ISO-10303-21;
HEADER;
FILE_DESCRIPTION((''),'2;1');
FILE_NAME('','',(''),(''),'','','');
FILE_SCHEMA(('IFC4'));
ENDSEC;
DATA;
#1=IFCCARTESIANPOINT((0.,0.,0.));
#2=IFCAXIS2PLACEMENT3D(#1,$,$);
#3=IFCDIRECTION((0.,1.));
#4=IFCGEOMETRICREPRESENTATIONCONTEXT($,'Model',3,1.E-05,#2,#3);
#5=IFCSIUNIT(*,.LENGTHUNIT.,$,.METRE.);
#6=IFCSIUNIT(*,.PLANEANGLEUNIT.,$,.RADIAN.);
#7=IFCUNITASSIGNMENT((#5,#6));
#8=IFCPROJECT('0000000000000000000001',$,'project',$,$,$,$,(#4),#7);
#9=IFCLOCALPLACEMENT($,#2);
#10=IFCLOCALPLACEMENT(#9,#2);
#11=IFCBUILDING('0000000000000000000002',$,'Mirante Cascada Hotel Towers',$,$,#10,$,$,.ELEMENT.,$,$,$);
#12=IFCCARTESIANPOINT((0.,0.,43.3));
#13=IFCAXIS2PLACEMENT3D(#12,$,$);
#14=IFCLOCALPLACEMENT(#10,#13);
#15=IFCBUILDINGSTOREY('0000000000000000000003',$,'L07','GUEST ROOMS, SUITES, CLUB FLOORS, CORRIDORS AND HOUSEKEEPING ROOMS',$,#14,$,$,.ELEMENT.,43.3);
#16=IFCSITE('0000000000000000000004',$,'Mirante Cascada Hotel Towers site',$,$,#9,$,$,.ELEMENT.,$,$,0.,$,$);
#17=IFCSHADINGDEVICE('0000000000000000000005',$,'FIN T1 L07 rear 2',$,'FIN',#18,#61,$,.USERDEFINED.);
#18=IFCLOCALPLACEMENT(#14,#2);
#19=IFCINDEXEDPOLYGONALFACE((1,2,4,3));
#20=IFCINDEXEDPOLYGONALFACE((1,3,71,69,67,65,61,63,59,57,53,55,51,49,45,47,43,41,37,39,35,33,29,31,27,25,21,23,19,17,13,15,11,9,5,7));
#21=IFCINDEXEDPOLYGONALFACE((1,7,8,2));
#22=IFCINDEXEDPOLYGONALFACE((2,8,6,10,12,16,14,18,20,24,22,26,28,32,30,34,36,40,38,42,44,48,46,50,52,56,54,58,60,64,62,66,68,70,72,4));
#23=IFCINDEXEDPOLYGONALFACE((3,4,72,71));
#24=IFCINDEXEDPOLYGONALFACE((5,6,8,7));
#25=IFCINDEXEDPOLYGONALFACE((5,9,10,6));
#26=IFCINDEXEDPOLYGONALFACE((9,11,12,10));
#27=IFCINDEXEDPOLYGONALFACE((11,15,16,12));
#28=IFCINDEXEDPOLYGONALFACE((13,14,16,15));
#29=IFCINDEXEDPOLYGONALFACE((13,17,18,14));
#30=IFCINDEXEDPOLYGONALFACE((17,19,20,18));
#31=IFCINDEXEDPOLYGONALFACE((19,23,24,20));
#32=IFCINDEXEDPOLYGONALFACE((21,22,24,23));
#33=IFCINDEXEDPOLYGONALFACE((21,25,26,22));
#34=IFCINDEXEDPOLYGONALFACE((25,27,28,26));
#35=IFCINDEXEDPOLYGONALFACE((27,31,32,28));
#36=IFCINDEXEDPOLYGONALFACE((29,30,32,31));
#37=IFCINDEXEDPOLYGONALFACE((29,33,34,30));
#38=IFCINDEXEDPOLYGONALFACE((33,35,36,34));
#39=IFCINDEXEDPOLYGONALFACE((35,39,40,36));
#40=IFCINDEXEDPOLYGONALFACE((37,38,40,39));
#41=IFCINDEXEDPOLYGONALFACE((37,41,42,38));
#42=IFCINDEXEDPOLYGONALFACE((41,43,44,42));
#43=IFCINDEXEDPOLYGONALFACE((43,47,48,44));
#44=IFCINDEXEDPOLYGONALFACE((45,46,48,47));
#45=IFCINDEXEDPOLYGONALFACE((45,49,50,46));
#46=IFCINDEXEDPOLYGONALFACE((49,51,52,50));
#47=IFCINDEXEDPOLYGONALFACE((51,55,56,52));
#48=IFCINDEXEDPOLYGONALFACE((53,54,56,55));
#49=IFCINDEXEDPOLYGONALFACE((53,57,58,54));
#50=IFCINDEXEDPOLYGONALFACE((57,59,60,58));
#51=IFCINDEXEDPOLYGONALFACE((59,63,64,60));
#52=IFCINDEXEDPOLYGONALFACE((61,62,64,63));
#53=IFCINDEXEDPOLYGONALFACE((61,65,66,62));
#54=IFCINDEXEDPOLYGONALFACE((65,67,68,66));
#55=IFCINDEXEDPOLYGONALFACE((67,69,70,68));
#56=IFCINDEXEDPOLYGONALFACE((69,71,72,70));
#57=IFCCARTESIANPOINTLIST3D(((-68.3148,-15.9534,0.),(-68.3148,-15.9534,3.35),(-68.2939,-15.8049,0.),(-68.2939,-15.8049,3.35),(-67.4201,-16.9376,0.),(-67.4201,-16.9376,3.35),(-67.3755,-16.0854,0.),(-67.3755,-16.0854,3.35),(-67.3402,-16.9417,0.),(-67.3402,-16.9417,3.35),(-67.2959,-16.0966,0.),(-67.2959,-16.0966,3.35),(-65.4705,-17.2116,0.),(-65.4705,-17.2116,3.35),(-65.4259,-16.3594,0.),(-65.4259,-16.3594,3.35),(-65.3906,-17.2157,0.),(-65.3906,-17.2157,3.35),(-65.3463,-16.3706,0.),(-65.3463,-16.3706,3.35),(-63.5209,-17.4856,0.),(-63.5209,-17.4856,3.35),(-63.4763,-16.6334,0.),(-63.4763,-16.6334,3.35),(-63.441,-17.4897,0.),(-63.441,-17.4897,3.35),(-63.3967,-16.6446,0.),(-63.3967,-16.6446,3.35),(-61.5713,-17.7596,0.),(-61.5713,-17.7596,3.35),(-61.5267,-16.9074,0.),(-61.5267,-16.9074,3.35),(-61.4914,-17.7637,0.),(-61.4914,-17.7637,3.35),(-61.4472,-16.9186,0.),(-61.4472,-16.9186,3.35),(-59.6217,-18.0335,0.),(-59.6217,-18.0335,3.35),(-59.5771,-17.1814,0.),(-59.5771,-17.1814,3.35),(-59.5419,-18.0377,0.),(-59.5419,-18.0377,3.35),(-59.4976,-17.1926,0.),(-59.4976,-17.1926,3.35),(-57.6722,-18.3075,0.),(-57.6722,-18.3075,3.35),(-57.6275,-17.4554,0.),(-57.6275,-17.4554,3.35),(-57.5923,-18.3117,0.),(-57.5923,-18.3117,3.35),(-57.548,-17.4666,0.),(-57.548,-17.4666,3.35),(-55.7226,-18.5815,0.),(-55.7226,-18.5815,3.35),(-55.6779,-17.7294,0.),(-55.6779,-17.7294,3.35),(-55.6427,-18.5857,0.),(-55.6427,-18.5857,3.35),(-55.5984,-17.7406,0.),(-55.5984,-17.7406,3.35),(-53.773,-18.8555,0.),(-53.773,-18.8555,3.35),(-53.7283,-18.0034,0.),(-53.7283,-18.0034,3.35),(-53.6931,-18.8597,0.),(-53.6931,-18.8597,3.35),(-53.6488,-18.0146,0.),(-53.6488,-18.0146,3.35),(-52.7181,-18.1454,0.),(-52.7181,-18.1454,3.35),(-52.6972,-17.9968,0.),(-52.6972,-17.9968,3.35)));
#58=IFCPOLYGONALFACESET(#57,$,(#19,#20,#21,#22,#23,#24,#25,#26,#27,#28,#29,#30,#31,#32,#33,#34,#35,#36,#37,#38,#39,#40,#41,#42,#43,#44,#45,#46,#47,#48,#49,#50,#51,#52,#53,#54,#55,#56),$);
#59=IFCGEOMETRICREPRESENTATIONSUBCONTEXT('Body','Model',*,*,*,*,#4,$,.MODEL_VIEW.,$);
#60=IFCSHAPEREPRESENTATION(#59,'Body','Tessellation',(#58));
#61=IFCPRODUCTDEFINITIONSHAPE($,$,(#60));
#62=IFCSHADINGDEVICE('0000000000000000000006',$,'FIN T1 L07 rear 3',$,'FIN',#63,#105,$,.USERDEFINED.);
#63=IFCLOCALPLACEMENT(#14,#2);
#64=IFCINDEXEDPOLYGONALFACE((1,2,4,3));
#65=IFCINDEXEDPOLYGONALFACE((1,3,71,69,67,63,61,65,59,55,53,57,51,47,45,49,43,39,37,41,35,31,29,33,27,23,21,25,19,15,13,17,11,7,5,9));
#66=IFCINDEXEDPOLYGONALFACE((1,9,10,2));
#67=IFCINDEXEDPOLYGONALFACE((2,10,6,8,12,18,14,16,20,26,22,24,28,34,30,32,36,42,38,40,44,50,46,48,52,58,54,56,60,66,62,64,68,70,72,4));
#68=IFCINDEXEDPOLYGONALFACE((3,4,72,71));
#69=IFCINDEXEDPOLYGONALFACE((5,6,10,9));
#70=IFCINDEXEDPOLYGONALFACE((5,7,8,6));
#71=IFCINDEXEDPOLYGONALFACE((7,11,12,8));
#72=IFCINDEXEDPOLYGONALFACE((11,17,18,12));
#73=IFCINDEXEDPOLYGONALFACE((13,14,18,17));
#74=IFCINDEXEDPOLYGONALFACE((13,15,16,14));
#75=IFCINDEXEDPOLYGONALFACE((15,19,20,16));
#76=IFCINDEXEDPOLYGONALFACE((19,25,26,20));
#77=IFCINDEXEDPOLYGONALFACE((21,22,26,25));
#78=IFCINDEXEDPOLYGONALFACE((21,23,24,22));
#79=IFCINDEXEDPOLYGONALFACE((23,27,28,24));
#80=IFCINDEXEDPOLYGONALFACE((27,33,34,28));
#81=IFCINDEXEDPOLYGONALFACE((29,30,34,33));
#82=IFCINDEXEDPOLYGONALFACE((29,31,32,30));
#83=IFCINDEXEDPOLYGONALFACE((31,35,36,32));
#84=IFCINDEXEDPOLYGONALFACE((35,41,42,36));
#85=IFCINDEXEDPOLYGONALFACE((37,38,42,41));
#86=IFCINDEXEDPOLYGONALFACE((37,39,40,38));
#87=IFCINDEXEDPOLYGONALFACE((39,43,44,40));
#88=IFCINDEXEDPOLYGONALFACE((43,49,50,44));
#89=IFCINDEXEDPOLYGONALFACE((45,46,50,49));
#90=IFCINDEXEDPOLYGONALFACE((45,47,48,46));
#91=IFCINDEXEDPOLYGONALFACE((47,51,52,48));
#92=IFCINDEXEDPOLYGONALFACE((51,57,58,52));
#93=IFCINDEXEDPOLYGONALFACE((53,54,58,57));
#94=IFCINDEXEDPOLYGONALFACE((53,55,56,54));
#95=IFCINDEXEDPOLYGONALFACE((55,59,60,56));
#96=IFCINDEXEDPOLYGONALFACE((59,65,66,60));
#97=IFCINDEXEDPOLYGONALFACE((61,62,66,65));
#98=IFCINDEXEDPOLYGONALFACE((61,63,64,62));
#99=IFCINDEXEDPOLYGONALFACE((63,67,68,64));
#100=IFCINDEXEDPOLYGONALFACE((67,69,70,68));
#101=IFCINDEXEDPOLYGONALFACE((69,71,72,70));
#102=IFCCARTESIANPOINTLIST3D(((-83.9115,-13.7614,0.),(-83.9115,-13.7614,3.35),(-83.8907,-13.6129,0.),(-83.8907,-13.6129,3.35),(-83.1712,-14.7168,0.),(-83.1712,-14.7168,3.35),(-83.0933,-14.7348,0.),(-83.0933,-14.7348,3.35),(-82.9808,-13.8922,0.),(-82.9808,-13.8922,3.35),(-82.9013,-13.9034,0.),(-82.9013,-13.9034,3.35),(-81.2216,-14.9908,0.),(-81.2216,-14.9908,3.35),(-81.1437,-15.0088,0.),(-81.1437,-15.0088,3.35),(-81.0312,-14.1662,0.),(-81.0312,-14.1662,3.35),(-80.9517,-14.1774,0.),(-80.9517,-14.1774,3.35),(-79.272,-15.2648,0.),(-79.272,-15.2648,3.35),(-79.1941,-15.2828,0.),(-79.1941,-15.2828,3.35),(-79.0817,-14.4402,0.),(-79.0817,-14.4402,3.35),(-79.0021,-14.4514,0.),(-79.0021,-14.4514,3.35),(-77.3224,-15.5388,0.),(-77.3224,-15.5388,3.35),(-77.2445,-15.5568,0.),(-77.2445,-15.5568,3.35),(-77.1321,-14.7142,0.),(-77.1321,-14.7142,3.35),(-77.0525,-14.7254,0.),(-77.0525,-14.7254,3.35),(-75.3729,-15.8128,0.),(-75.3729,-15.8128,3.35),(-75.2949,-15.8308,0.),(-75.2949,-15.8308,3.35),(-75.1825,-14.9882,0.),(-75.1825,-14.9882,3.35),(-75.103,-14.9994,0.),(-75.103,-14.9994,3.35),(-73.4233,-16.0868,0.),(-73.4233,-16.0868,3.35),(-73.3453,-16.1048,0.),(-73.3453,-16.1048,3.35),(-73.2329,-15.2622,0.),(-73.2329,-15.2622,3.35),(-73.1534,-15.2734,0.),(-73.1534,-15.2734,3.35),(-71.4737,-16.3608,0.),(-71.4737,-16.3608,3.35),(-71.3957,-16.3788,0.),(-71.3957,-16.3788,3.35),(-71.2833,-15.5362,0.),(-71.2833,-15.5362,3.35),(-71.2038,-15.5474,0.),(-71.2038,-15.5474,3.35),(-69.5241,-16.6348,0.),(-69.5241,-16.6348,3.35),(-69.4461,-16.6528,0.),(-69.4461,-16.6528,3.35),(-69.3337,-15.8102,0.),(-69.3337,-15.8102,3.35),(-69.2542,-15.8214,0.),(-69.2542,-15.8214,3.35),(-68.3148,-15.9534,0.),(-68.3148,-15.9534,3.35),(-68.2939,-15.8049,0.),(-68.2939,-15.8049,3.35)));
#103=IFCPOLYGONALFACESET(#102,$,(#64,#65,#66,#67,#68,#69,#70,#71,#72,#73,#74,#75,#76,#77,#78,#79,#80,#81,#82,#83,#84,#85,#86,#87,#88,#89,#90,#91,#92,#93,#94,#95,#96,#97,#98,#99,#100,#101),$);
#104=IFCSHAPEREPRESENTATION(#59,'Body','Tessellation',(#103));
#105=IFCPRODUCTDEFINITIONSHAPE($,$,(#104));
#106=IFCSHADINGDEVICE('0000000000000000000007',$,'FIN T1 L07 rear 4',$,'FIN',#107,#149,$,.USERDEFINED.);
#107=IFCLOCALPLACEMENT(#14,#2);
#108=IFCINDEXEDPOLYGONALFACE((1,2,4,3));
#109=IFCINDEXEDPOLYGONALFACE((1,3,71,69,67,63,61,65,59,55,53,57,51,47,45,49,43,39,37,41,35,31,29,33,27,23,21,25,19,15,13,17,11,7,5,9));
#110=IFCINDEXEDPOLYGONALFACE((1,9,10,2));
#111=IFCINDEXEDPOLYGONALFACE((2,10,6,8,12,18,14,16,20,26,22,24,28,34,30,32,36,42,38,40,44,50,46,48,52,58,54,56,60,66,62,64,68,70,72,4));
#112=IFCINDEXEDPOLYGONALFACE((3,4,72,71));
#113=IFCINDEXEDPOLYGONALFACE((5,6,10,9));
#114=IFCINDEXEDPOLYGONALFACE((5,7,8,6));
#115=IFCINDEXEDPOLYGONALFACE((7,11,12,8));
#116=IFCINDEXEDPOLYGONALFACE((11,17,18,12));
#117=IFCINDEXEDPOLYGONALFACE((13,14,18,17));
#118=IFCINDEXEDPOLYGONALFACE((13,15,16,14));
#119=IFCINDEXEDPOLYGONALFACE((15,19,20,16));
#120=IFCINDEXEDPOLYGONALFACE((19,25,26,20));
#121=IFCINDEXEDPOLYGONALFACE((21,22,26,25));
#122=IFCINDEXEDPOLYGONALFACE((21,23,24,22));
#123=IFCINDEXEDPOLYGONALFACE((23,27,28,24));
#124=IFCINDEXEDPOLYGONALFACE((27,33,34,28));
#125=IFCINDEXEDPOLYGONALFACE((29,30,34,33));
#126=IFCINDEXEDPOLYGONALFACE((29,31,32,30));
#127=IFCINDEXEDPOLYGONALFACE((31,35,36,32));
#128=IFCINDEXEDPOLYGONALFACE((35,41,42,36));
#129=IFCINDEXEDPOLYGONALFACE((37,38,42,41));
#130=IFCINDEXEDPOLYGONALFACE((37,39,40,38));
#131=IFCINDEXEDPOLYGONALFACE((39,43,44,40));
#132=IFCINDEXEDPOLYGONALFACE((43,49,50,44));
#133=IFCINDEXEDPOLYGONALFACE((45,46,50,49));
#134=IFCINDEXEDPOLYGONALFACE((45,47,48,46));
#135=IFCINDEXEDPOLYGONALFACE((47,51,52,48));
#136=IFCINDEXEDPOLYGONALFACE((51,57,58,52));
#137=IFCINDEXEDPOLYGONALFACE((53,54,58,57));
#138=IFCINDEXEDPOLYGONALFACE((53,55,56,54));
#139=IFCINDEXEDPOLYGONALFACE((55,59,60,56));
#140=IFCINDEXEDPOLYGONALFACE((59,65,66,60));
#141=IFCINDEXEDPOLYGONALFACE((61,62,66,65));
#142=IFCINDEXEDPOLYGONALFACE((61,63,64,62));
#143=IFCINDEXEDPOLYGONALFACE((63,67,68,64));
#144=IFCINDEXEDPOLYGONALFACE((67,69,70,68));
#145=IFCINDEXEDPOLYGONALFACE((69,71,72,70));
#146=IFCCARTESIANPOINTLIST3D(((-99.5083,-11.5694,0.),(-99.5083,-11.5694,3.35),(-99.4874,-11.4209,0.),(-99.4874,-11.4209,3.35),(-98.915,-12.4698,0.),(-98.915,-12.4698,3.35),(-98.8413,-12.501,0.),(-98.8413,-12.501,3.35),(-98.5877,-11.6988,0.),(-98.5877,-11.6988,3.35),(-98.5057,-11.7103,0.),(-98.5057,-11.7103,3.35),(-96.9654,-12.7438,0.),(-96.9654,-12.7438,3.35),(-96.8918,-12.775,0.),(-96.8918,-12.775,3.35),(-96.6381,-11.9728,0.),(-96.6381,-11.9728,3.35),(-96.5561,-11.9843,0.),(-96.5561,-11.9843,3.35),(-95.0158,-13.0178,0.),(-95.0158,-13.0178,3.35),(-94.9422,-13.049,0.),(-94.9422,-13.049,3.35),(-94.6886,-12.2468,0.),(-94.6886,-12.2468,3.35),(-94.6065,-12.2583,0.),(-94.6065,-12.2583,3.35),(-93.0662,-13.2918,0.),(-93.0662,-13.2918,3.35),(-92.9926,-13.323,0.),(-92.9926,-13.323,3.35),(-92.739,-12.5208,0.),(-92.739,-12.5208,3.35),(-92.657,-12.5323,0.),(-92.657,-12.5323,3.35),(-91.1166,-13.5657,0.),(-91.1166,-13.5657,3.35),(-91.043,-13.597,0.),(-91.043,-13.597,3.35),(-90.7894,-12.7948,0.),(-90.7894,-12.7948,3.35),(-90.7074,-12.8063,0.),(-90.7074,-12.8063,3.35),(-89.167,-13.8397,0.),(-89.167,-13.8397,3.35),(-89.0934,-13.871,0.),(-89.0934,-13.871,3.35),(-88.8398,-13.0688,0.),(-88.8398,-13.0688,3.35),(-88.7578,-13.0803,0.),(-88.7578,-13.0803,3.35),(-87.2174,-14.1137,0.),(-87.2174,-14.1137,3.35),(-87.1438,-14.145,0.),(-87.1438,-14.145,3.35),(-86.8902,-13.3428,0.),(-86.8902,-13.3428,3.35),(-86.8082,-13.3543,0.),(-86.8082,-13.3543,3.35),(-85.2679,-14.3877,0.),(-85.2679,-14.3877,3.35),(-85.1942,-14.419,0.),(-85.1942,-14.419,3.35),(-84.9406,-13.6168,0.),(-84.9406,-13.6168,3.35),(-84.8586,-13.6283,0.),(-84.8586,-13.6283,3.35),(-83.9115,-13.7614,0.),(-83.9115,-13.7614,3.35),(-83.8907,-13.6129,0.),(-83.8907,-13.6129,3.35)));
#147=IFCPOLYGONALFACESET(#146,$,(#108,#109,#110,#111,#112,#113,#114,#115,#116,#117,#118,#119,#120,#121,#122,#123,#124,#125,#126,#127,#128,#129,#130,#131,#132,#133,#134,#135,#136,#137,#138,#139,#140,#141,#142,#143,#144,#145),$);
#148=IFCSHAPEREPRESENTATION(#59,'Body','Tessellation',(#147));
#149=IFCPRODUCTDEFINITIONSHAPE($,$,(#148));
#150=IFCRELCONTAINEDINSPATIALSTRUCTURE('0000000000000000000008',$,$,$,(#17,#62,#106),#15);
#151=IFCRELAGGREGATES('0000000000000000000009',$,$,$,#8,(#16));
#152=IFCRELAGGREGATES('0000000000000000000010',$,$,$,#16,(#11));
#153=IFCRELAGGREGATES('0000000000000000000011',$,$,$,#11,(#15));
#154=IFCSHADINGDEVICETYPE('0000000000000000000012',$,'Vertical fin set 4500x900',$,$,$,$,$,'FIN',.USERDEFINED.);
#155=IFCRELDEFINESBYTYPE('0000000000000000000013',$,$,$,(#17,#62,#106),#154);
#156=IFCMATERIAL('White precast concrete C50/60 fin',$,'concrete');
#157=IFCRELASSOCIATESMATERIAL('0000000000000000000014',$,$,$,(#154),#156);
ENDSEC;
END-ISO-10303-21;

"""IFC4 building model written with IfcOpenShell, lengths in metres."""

from ifc_helpers import new_model, si_unit, direction, frame, origin, place, context, subcontext, project, spatial, polyline, outline, extrude, material, type_object, element, save


model = new_model("IFC4")

# Units and contexts
model_context = context("Model", 3, precision=1e-05, world=origin(), true_north=direction((0.0, 1.0)))
body_context = subcontext(model_context, "Body", "Model", "MODEL_VIEW")
ifc_project = project(units=[si_unit("LENGTHUNIT", "METRE"), si_unit("PLANEANGLEUNIT", "RADIAN")], contexts=[model_context])

# Site, building, storey
site_placement = place(None, origin())
site = spatial("IfcSite", under=ifc_project, at=site_placement, Name="Mirante Cascada Hotel Towers site", CompositionType="ELEMENT", RefElevation=0.0)
building_placement = place(site_placement, origin())
building = spatial("IfcBuilding", under=site, at=building_placement, Name="Mirante Cascada Hotel Towers", CompositionType="ELEMENT")
storey_placement = place(building_placement, frame((0.0, 0.0, 43.3)))
storey = spatial("IfcBuildingStorey", under=building, at=storey_placement, Name="L07", Description="GUEST ROOMS, SUITES, CLUB FLOORS, CORRIDORS AND HOUSEKEEPING ROOMS", CompositionType="ELEMENT", Elevation=43.3)

# Shading devices
ifc_material_1 = material(Name="White precast concrete C50/60 fin", Category="concrete")
shading_device_type = type_object("IfcShadingDeviceType", Name="Vertical fin set 4500x900", ElementType="FIN", PredefinedType="USERDEFINED", material=ifc_material_1)
shading_device_1_placement = place(storey_placement, origin())
element("IfcShadingDevice", 1, at=shading_device_1_placement, inside=storey, type_object=shading_device_type, Name="FIN T1 L07 rear 2", ObjectType="FIN", PredefinedType="USERDEFINED", context=body_context, shape_type="SweptSolid", body=[
    extrude(outline(polyline([(-53.7283, -18.0034), (-55.5984, -17.7406), (-55.6427, -18.5857), (-55.7226, -18.5815), (-55.6779, -17.7294), (-57.548, -17.4666), (-57.5923, -18.3117), (-57.6722, -18.3075), (-57.6275, -17.4554), (-59.4976, -17.1926), (-59.5419, -18.0377), (-59.6217, -18.0335), (-59.5771, -17.1814), (-61.4472, -16.9186), (-61.4914, -17.7637), (-61.5713, -17.7596), (-61.5267, -16.9074), (-63.3967, -16.6446), (-63.441, -17.4897), (-63.5209, -17.4856), (-63.4763, -16.6334), (-65.3463, -16.3706), (-65.3906, -17.2157), (-65.4705, -17.2116), (-65.4259, -16.3594), (-67.2959, -16.0966), (-67.3402, -16.9417), (-67.4201, -16.9376), (-67.3755, -16.0854), (-68.3148, -15.9534), (-68.2939, -15.8049), (-52.6972, -17.9968), (-52.7181, -18.1454), (-53.6488, -18.0146), (-53.6931, -18.8597), (-53.773, -18.8555), (-53.7283, -18.0034)])), origin(), (0.0, 0.0, 1.0), 3.35),
])
shading_device_2_placement = place(storey_placement, origin())
element("IfcShadingDevice", 2, at=shading_device_2_placement, inside=storey, type_object=shading_device_type, Name="FIN T1 L07 rear 3", ObjectType="FIN", PredefinedType="USERDEFINED", context=body_context, shape_type="SweptSolid", body=[
    extrude(outline(polyline([(-69.3337, -15.8102), (-71.2038, -15.5474), (-71.3957, -16.3788), (-71.4737, -16.3608), (-71.2833, -15.5362), (-73.1534, -15.2734), (-73.3453, -16.1048), (-73.4233, -16.0868), (-73.2329, -15.2622), (-75.103, -14.9994), (-75.2949, -15.8308), (-75.3729, -15.8128), (-75.1825, -14.9882), (-77.0525, -14.7254), (-77.2445, -15.5568), (-77.3224, -15.5388), (-77.1321, -14.7142), (-79.0021, -14.4514), (-79.1941, -15.2828), (-79.272, -15.2648), (-79.0817, -14.4402), (-80.9517, -14.1774), (-81.1437, -15.0088), (-81.2216, -14.9908), (-81.0312, -14.1662), (-82.9013, -13.9034), (-83.0933, -14.7348), (-83.1712, -14.7168), (-82.9808, -13.8922), (-83.9115, -13.7614), (-83.8907, -13.6129), (-68.2939, -15.8049), (-68.3148, -15.9534), (-69.2542, -15.8214), (-69.4461, -16.6528), (-69.5241, -16.6348), (-69.3337, -15.8102)])), origin(), (0.0, 0.0, 1.0), 3.35),
])
shading_device_3_placement = place(storey_placement, origin())
element("IfcShadingDevice", 3, at=shading_device_3_placement, inside=storey, type_object=shading_device_type, Name="FIN T1 L07 rear 4", ObjectType="FIN", PredefinedType="USERDEFINED", context=body_context, shape_type="SweptSolid", body=[
    extrude(outline(polyline([(-84.9406, -13.6168), (-86.8082, -13.3543), (-87.1438, -14.145), (-87.2174, -14.1137), (-86.8902, -13.3428), (-88.7578, -13.0803), (-89.0934, -13.871), (-89.167, -13.8397), (-88.8398, -13.0688), (-90.7074, -12.8063), (-91.043, -13.597), (-91.1166, -13.5657), (-90.7894, -12.7948), (-92.657, -12.5323), (-92.9926, -13.323), (-93.0662, -13.2918), (-92.739, -12.5208), (-94.6065, -12.2583), (-94.9422, -13.049), (-95.0158, -13.0178), (-94.6886, -12.2468), (-96.5561, -11.9843), (-96.8918, -12.775), (-96.9654, -12.7438), (-96.6381, -11.9728), (-98.5057, -11.7103), (-98.8413, -12.501), (-98.915, -12.4698), (-98.5877, -11.6988), (-99.5083, -11.5694), (-99.4874, -11.4209), (-83.8907, -13.6129), (-83.9115, -13.7614), (-84.8586, -13.6283), (-85.1942, -14.419), (-85.2679, -14.3877), (-84.9406, -13.6168)])), origin(), (0.0, 0.0, 1.0), 3.35),
])

save(model, "model.ifc")
